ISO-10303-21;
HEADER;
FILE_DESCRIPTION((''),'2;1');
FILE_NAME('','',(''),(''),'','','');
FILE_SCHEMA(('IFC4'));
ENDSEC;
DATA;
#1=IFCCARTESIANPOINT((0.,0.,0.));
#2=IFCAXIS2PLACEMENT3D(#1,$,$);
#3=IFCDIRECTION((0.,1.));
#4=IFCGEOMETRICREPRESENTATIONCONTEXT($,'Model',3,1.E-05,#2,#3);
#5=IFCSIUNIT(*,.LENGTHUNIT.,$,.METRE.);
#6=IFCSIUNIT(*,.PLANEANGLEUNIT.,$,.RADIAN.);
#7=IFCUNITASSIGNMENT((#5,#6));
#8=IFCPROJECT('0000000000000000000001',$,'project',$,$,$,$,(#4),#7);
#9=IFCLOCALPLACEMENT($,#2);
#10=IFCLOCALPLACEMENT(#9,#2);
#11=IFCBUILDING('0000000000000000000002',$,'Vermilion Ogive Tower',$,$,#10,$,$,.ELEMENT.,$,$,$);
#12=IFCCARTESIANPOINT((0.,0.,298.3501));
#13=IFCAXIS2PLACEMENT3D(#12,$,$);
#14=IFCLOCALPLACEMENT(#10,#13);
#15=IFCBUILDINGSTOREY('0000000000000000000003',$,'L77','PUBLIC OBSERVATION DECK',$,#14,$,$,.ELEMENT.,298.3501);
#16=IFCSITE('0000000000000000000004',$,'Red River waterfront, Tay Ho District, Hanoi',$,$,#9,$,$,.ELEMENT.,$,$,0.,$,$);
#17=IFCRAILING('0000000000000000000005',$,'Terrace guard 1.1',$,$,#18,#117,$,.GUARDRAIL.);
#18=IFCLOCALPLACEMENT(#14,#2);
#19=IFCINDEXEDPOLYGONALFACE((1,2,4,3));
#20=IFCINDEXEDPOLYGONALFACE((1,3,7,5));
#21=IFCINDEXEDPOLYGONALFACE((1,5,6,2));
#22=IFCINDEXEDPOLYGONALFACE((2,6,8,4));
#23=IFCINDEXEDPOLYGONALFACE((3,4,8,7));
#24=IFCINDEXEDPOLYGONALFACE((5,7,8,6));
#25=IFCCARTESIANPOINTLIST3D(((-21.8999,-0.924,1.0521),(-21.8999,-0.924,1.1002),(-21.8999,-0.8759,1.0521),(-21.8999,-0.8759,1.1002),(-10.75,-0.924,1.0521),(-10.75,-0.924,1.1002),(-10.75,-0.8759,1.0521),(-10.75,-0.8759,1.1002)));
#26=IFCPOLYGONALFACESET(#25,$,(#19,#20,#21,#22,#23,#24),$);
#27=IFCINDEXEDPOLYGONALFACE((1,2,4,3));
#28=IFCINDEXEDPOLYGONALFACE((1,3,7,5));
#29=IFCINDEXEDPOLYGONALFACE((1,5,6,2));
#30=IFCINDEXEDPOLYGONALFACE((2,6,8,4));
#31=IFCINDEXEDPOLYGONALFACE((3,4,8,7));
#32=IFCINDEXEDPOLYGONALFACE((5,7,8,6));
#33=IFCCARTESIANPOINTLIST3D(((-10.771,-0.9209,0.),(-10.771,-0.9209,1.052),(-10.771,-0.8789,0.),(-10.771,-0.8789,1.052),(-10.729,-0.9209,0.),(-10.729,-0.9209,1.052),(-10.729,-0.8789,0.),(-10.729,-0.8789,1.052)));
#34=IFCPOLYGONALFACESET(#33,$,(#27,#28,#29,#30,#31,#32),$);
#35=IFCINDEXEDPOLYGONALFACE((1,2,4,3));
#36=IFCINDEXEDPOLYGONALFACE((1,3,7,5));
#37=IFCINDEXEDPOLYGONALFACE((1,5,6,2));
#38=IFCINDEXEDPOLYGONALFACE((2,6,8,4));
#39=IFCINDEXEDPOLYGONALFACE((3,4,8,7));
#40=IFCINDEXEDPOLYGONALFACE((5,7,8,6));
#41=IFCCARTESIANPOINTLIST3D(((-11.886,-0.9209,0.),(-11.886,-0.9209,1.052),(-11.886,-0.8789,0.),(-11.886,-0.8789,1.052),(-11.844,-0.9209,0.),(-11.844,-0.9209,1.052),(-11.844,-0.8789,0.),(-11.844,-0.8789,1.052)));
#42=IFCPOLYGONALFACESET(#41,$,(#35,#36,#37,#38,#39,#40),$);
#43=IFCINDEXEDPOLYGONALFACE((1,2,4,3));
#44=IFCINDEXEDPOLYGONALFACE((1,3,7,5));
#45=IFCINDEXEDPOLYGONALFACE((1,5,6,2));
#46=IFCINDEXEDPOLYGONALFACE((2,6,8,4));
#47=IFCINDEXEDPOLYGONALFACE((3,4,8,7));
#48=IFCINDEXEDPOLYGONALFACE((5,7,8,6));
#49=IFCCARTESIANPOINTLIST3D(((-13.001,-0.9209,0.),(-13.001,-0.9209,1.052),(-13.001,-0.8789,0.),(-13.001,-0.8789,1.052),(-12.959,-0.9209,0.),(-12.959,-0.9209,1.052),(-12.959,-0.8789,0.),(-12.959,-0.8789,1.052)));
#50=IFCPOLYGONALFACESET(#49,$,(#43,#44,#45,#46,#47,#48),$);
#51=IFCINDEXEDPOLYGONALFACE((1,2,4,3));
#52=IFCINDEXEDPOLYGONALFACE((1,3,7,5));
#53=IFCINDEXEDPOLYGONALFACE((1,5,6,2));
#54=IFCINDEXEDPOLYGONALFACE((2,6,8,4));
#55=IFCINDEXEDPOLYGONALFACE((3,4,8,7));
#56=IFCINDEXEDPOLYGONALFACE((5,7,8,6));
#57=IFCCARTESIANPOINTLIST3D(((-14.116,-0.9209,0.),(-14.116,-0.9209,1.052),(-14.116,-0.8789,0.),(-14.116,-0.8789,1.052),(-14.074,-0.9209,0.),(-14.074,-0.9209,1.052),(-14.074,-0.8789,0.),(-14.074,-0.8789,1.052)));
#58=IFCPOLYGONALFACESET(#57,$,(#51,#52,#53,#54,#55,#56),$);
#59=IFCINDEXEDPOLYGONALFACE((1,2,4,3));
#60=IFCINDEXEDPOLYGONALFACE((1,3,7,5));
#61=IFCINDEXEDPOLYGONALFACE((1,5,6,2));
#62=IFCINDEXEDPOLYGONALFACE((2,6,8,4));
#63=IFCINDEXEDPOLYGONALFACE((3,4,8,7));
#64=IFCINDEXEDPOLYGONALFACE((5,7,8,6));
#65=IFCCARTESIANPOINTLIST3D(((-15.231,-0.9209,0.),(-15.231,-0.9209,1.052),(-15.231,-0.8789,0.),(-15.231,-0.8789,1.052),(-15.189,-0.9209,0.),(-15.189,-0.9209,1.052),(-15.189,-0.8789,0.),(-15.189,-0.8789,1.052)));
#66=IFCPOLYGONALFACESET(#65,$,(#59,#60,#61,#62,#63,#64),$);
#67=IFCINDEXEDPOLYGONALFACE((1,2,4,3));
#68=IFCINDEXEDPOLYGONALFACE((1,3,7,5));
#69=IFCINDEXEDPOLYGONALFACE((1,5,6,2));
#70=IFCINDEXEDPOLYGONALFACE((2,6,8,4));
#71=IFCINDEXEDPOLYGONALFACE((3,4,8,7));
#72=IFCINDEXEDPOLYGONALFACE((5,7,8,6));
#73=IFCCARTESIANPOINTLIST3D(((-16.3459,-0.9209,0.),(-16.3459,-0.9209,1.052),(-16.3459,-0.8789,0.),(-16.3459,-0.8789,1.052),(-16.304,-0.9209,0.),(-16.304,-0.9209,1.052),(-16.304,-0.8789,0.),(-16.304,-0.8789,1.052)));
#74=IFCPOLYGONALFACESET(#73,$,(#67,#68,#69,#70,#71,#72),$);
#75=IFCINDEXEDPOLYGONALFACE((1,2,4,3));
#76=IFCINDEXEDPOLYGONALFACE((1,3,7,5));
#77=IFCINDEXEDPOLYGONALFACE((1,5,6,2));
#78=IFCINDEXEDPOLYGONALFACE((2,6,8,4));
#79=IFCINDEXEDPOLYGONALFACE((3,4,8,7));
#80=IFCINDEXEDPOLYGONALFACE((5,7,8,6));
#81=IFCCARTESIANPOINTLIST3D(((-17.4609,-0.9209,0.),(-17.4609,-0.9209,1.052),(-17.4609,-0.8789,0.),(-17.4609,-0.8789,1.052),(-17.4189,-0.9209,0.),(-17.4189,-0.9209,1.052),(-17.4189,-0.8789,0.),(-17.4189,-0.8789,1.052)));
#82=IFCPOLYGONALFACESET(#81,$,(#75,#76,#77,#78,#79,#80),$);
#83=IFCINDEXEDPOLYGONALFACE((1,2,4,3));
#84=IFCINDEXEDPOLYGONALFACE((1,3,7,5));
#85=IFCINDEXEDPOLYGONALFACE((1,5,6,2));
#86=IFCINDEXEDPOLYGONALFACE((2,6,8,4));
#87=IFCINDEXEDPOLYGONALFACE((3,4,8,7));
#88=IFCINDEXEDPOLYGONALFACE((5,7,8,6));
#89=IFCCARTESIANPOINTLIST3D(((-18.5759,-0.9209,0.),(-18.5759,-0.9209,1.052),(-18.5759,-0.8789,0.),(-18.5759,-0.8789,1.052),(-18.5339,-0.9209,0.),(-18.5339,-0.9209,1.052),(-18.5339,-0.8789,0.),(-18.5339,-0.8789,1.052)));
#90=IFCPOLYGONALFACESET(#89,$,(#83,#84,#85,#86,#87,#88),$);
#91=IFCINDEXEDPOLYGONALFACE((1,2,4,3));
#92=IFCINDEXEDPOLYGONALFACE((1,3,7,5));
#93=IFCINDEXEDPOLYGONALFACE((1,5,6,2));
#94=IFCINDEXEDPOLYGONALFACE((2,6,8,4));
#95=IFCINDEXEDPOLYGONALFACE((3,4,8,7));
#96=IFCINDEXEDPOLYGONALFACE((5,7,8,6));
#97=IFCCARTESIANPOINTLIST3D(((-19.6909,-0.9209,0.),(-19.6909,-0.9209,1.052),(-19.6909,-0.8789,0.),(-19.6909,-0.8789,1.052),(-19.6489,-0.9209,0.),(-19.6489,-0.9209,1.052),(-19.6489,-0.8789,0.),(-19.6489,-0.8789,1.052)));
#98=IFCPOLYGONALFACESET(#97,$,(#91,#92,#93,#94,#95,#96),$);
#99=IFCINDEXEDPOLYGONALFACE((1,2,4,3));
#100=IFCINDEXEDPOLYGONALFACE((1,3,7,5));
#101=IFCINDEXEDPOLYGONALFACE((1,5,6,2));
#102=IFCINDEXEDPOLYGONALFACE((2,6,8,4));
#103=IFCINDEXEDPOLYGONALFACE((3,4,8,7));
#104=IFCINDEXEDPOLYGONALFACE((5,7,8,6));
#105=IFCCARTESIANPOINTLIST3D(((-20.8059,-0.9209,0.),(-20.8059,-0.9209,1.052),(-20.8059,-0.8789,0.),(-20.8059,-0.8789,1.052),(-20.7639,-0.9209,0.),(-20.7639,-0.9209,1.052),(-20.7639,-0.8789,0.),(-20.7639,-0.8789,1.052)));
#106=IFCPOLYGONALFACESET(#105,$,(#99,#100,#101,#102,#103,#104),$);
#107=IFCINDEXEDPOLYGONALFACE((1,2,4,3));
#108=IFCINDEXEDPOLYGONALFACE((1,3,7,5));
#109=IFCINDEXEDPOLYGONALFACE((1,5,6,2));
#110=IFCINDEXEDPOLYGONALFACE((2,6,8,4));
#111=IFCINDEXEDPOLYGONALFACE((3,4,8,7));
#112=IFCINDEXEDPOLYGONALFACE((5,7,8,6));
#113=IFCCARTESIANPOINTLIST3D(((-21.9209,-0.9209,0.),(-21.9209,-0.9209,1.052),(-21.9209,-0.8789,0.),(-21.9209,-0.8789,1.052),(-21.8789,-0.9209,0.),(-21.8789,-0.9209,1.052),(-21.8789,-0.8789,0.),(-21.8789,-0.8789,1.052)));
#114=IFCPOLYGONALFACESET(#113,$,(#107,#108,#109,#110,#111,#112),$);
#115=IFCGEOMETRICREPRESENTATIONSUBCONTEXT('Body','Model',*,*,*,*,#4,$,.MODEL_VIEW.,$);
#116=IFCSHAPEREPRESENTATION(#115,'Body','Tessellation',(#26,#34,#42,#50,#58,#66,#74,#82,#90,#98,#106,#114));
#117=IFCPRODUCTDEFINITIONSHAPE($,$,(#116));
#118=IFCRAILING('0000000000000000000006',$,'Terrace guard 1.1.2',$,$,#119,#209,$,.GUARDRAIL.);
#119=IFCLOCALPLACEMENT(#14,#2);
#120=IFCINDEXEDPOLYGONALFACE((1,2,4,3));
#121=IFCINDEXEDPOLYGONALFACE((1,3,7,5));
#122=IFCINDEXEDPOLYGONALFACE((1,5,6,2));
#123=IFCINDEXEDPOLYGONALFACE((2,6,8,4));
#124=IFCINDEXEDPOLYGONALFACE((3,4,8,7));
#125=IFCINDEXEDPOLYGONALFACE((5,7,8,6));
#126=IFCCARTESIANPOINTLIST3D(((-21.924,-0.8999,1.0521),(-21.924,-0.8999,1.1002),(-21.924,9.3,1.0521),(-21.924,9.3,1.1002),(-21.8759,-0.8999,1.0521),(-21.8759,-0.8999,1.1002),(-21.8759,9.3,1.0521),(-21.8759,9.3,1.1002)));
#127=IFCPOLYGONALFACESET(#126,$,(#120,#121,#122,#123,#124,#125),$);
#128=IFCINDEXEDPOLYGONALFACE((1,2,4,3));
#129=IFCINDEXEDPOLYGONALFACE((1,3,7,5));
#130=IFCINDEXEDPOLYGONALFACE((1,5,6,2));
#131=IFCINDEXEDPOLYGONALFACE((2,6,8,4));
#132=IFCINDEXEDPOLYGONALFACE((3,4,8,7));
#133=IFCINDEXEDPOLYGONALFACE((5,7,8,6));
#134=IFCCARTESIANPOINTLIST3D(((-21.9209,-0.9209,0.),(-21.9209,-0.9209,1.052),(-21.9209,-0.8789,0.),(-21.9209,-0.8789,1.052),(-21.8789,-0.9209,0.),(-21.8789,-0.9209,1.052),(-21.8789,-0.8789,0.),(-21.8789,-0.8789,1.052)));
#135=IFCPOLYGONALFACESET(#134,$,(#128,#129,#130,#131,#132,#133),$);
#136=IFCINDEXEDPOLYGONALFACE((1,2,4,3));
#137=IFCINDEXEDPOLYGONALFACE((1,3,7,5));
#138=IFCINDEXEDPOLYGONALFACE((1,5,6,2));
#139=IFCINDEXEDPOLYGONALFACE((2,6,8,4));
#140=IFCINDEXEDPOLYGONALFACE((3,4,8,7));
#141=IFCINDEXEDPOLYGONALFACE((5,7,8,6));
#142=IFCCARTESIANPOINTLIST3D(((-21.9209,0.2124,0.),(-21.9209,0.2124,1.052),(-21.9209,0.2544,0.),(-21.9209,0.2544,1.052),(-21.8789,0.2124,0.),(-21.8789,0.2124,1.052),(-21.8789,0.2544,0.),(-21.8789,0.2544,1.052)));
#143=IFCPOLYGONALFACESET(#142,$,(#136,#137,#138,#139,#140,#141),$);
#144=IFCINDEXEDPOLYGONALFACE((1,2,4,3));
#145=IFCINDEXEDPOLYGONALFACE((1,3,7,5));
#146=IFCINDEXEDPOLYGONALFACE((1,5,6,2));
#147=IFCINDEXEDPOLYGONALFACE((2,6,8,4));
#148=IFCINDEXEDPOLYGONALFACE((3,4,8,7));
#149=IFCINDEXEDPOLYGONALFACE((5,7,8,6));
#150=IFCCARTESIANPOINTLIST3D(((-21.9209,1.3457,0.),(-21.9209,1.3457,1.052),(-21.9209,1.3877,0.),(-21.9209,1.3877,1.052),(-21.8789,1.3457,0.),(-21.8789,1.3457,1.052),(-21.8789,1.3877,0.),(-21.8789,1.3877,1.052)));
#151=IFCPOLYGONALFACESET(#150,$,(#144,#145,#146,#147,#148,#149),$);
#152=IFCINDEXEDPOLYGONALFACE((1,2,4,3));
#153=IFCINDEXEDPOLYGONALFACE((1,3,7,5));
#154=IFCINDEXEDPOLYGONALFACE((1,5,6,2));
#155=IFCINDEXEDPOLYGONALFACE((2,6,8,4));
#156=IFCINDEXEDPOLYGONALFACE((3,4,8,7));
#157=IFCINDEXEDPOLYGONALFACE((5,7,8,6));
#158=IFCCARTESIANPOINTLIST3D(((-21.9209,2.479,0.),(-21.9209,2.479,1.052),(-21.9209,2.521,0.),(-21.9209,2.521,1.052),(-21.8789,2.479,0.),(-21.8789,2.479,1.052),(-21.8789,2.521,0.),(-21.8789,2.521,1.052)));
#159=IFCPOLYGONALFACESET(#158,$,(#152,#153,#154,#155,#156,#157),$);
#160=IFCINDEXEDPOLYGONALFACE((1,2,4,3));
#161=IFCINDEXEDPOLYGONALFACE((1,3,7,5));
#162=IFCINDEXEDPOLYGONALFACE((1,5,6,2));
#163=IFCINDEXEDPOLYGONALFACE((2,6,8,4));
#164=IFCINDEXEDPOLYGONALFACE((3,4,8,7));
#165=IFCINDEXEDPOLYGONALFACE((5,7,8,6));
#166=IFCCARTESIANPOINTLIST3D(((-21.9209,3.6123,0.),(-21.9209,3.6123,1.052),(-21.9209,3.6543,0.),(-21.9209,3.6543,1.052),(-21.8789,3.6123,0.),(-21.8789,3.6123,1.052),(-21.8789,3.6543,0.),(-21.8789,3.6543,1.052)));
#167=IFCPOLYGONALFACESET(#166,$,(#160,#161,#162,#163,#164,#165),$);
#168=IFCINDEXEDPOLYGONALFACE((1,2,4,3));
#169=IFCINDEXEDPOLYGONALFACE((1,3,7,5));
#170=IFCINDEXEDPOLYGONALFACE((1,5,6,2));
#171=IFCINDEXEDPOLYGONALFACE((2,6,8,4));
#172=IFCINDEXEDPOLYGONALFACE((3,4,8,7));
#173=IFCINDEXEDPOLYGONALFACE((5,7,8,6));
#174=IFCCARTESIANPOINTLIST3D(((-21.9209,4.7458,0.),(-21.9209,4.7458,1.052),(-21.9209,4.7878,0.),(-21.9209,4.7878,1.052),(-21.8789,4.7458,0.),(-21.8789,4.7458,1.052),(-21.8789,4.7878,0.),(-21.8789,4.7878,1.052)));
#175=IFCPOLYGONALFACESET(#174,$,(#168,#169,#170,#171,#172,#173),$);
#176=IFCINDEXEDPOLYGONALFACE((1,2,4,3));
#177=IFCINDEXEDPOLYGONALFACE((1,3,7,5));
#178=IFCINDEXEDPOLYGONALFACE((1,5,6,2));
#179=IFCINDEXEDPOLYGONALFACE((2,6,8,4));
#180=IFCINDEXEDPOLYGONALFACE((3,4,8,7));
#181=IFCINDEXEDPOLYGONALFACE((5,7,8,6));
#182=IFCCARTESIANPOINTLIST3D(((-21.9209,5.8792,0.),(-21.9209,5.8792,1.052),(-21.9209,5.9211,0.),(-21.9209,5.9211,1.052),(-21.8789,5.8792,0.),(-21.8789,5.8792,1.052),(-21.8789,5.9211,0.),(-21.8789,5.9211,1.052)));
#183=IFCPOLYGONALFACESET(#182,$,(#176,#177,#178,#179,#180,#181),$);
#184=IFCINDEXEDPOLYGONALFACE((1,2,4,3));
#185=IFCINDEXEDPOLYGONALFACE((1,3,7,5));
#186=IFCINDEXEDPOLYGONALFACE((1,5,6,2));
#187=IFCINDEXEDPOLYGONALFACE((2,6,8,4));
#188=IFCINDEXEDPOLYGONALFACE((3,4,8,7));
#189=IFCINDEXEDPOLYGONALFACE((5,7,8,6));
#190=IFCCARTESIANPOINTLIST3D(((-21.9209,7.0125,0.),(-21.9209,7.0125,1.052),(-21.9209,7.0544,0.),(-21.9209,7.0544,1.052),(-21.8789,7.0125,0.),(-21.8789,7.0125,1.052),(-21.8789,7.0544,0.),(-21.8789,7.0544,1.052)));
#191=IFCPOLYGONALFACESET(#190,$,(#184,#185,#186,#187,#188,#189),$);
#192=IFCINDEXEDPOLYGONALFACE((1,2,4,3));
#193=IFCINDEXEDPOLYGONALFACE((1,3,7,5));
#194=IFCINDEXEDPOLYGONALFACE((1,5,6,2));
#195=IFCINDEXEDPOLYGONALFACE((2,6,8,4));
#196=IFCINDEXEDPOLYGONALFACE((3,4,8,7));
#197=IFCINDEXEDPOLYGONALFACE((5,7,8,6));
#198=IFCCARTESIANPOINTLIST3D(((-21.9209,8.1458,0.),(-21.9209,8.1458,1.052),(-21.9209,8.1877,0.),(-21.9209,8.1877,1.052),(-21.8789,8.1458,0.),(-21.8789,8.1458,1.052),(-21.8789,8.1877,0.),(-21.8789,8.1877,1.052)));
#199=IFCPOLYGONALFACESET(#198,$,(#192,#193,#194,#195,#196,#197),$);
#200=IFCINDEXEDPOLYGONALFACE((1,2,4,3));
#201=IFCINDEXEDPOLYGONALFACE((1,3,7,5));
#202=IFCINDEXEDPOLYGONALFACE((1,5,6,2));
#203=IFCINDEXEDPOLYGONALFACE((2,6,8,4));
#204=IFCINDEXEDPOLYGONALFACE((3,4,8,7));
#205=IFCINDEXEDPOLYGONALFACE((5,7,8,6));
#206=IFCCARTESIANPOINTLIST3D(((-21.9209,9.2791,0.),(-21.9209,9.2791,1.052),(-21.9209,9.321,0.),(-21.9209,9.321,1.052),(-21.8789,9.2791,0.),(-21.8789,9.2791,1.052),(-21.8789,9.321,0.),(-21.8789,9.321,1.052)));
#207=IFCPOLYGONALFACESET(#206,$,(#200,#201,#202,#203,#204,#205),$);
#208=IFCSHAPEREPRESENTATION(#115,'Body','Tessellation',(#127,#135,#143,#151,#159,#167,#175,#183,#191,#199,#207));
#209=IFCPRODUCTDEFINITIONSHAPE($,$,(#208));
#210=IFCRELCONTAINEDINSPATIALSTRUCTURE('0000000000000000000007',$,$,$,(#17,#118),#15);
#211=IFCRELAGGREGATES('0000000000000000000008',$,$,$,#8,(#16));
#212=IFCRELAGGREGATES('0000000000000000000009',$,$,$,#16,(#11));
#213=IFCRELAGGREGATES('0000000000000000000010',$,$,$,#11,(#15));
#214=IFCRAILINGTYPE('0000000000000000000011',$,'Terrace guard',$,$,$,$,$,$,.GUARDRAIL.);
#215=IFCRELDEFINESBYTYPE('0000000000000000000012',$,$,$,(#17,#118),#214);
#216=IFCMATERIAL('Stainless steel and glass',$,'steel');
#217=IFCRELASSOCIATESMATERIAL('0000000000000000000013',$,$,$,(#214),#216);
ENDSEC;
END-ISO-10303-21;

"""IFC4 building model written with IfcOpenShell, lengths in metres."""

from ifc_helpers import new_model, si_unit, direction, frame, origin, origin_2d, place, context, subcontext, project, spatial, rectangle, extrude, material, type_object, element, save


model = new_model("IFC4")

# Units and contexts
model_context = context("Model", 3, precision=1e-05, world=origin(), true_north=direction((0.0, 1.0)))
body_context = subcontext(model_context, "Body", "Model", "MODEL_VIEW")
ifc_project = project(units=[si_unit("LENGTHUNIT", "METRE"), si_unit("PLANEANGLEUNIT", "RADIAN")], contexts=[model_context])

# Site, building, storey
site_placement = place(None, origin())
site = spatial("IfcSite", under=ifc_project, at=site_placement, Name="Red River waterfront, Tay Ho District, Hanoi", CompositionType="ELEMENT", RefElevation=0.0)
building_placement = place(site_placement, origin())
building = spatial("IfcBuilding", under=site, at=building_placement, Name="Vermilion Ogive Tower", CompositionType="ELEMENT")
storey_placement = place(building_placement, frame((0.0, 0.0, 298.3501)))
storey = spatial("IfcBuildingStorey", under=building, at=storey_placement, Name="L77", Description="PUBLIC OBSERVATION DECK", CompositionType="ELEMENT", Elevation=298.3501)

# Railings
ifc_material_1 = material(Name="Stainless steel and glass", Category="steel")
railing_type = type_object("IfcRailingType", Name="Terrace guard", PredefinedType="GUARDRAIL", material=ifc_material_1)
railing_1_placement = place(storey_placement, frame((-10.75, -0.8999, 0.0)))
element("IfcRailing", 1, at=railing_1_placement, inside=storey, type_object=railing_type, Name="Terrace guard 1.1", PredefinedType="GUARDRAIL", context=body_context, shape_type="SweptSolid", body=[
    extrude(rectangle(XDim=0.0481, YDim=0.0481, at=origin_2d()), frame((0.0, 0.0, 1.0762), z_axis=(-1.0, 0.0, 0.0), x_axis=(0.0, -1.0, 0.0)), (0.0, 0.0, 1.0), 11.1499),
    extrude(rectangle(XDim=0.042, YDim=0.042, at=origin_2d()), origin(), (0.0, 0.0, 1.0), 1.052),
    extrude(rectangle(XDim=0.042, YDim=0.042, at=origin_2d()), frame((-1.115, 0.0, 0.0)), (0.0, 0.0, 1.0), 1.052),
    extrude(rectangle(XDim=0.042, YDim=0.042, at=origin_2d()), frame((-2.23, 0.0, 0.0)), (0.0, 0.0, 1.0), 1.052),
    extrude(rectangle(XDim=0.042, YDim=0.042, at=origin_2d()), frame((-3.345, 0.0, 0.0)), (0.0, 0.0, 1.0), 1.052),
    extrude(rectangle(XDim=0.042, YDim=0.042, at=origin_2d()), frame((-4.46, 0.0, 0.0)), (0.0, 0.0, 1.0), 1.052),
    extrude(rectangle(XDim=0.042, YDim=0.042, at=origin_2d()), frame((-5.575, 0.0, 0.0)), (0.0, 0.0, 1.0), 1.052),
    extrude(rectangle(XDim=0.042, YDim=0.042, at=origin_2d()), frame((-6.6899, 0.0, 0.0)), (0.0, 0.0, 1.0), 1.052),
    extrude(rectangle(XDim=0.042, YDim=0.042, at=origin_2d()), frame((-7.8049, 0.0, 0.0)), (0.0, 0.0, 1.0), 1.052),
    extrude(rectangle(XDim=0.042, YDim=0.042, at=origin_2d()), frame((-8.9199, 0.0, 0.0)), (0.0, 0.0, 1.0), 1.052),
    extrude(rectangle(XDim=0.042, YDim=0.042, at=origin_2d()), frame((-10.0349, 0.0, 0.0)), (0.0, 0.0, 1.0), 1.052),
    extrude(rectangle(XDim=0.042, YDim=0.042, at=origin_2d()), frame((-11.1499, 0.0, 0.0)), (0.0, 0.0, 1.0), 1.052),
])
railing_2_placement = place(storey_placement, frame((-21.8999, -0.8999, 0.0)))
element("IfcRailing", 2, at=railing_2_placement, inside=storey, type_object=railing_type, Name="Terrace guard 1.1.2", PredefinedType="GUARDRAIL", context=body_context, shape_type="SweptSolid", body=[
    extrude(rectangle(XDim=0.0481, YDim=0.0481, at=origin_2d()), frame((0.0, 0.0, 1.0762), z_axis=(0.0, 1.0, 0.0), x_axis=(-1.0, 0.0, 0.0)), (0.0, 0.0, 1.0), 10.2),
    extrude(rectangle(XDim=0.042, YDim=0.042, at=origin_2d()), origin(), (0.0, 0.0, 1.0), 1.052),
    extrude(rectangle(XDim=0.042, YDim=0.042, at=origin_2d()), frame((0.0, 1.1333, 0.0)), (0.0, 0.0, 1.0), 1.052),
    extrude(rectangle(XDim=0.042, YDim=0.042, at=origin_2d()), frame((0.0, 2.2666, 0.0)), (0.0, 0.0, 1.0), 1.052),
    extrude(rectangle(XDim=0.042, YDim=0.042, at=origin_2d()), frame((0.0, 3.3999, 0.0)), (0.0, 0.0, 1.0), 1.052),
    extrude(rectangle(XDim=0.042, YDim=0.042, at=origin_2d()), frame((0.0, 4.5332, 0.0)), (0.0, 0.0, 1.0), 1.052),
    extrude(rectangle(XDim=0.042, YDim=0.042, at=origin_2d()), frame((0.0, 5.6667, 0.0)), (0.0, 0.0, 1.0), 1.052),
    extrude(rectangle(XDim=0.042, YDim=0.042, at=origin_2d()), frame((0.0, 6.8, 0.0)), (0.0, 0.0, 1.0), 1.052),
    extrude(rectangle(XDim=0.042, YDim=0.042, at=origin_2d()), frame((0.0, 7.9333, 0.0)), (0.0, 0.0, 1.0), 1.052),
    extrude(rectangle(XDim=0.042, YDim=0.042, at=origin_2d()), frame((0.0, 9.0667, 0.0)), (0.0, 0.0, 1.0), 1.052),
    extrude(rectangle(XDim=0.042, YDim=0.042, at=origin_2d()), frame((0.0, 10.2, 0.0)), (0.0, 0.0, 1.0), 1.052),
])

save(model, "model.ifc")
